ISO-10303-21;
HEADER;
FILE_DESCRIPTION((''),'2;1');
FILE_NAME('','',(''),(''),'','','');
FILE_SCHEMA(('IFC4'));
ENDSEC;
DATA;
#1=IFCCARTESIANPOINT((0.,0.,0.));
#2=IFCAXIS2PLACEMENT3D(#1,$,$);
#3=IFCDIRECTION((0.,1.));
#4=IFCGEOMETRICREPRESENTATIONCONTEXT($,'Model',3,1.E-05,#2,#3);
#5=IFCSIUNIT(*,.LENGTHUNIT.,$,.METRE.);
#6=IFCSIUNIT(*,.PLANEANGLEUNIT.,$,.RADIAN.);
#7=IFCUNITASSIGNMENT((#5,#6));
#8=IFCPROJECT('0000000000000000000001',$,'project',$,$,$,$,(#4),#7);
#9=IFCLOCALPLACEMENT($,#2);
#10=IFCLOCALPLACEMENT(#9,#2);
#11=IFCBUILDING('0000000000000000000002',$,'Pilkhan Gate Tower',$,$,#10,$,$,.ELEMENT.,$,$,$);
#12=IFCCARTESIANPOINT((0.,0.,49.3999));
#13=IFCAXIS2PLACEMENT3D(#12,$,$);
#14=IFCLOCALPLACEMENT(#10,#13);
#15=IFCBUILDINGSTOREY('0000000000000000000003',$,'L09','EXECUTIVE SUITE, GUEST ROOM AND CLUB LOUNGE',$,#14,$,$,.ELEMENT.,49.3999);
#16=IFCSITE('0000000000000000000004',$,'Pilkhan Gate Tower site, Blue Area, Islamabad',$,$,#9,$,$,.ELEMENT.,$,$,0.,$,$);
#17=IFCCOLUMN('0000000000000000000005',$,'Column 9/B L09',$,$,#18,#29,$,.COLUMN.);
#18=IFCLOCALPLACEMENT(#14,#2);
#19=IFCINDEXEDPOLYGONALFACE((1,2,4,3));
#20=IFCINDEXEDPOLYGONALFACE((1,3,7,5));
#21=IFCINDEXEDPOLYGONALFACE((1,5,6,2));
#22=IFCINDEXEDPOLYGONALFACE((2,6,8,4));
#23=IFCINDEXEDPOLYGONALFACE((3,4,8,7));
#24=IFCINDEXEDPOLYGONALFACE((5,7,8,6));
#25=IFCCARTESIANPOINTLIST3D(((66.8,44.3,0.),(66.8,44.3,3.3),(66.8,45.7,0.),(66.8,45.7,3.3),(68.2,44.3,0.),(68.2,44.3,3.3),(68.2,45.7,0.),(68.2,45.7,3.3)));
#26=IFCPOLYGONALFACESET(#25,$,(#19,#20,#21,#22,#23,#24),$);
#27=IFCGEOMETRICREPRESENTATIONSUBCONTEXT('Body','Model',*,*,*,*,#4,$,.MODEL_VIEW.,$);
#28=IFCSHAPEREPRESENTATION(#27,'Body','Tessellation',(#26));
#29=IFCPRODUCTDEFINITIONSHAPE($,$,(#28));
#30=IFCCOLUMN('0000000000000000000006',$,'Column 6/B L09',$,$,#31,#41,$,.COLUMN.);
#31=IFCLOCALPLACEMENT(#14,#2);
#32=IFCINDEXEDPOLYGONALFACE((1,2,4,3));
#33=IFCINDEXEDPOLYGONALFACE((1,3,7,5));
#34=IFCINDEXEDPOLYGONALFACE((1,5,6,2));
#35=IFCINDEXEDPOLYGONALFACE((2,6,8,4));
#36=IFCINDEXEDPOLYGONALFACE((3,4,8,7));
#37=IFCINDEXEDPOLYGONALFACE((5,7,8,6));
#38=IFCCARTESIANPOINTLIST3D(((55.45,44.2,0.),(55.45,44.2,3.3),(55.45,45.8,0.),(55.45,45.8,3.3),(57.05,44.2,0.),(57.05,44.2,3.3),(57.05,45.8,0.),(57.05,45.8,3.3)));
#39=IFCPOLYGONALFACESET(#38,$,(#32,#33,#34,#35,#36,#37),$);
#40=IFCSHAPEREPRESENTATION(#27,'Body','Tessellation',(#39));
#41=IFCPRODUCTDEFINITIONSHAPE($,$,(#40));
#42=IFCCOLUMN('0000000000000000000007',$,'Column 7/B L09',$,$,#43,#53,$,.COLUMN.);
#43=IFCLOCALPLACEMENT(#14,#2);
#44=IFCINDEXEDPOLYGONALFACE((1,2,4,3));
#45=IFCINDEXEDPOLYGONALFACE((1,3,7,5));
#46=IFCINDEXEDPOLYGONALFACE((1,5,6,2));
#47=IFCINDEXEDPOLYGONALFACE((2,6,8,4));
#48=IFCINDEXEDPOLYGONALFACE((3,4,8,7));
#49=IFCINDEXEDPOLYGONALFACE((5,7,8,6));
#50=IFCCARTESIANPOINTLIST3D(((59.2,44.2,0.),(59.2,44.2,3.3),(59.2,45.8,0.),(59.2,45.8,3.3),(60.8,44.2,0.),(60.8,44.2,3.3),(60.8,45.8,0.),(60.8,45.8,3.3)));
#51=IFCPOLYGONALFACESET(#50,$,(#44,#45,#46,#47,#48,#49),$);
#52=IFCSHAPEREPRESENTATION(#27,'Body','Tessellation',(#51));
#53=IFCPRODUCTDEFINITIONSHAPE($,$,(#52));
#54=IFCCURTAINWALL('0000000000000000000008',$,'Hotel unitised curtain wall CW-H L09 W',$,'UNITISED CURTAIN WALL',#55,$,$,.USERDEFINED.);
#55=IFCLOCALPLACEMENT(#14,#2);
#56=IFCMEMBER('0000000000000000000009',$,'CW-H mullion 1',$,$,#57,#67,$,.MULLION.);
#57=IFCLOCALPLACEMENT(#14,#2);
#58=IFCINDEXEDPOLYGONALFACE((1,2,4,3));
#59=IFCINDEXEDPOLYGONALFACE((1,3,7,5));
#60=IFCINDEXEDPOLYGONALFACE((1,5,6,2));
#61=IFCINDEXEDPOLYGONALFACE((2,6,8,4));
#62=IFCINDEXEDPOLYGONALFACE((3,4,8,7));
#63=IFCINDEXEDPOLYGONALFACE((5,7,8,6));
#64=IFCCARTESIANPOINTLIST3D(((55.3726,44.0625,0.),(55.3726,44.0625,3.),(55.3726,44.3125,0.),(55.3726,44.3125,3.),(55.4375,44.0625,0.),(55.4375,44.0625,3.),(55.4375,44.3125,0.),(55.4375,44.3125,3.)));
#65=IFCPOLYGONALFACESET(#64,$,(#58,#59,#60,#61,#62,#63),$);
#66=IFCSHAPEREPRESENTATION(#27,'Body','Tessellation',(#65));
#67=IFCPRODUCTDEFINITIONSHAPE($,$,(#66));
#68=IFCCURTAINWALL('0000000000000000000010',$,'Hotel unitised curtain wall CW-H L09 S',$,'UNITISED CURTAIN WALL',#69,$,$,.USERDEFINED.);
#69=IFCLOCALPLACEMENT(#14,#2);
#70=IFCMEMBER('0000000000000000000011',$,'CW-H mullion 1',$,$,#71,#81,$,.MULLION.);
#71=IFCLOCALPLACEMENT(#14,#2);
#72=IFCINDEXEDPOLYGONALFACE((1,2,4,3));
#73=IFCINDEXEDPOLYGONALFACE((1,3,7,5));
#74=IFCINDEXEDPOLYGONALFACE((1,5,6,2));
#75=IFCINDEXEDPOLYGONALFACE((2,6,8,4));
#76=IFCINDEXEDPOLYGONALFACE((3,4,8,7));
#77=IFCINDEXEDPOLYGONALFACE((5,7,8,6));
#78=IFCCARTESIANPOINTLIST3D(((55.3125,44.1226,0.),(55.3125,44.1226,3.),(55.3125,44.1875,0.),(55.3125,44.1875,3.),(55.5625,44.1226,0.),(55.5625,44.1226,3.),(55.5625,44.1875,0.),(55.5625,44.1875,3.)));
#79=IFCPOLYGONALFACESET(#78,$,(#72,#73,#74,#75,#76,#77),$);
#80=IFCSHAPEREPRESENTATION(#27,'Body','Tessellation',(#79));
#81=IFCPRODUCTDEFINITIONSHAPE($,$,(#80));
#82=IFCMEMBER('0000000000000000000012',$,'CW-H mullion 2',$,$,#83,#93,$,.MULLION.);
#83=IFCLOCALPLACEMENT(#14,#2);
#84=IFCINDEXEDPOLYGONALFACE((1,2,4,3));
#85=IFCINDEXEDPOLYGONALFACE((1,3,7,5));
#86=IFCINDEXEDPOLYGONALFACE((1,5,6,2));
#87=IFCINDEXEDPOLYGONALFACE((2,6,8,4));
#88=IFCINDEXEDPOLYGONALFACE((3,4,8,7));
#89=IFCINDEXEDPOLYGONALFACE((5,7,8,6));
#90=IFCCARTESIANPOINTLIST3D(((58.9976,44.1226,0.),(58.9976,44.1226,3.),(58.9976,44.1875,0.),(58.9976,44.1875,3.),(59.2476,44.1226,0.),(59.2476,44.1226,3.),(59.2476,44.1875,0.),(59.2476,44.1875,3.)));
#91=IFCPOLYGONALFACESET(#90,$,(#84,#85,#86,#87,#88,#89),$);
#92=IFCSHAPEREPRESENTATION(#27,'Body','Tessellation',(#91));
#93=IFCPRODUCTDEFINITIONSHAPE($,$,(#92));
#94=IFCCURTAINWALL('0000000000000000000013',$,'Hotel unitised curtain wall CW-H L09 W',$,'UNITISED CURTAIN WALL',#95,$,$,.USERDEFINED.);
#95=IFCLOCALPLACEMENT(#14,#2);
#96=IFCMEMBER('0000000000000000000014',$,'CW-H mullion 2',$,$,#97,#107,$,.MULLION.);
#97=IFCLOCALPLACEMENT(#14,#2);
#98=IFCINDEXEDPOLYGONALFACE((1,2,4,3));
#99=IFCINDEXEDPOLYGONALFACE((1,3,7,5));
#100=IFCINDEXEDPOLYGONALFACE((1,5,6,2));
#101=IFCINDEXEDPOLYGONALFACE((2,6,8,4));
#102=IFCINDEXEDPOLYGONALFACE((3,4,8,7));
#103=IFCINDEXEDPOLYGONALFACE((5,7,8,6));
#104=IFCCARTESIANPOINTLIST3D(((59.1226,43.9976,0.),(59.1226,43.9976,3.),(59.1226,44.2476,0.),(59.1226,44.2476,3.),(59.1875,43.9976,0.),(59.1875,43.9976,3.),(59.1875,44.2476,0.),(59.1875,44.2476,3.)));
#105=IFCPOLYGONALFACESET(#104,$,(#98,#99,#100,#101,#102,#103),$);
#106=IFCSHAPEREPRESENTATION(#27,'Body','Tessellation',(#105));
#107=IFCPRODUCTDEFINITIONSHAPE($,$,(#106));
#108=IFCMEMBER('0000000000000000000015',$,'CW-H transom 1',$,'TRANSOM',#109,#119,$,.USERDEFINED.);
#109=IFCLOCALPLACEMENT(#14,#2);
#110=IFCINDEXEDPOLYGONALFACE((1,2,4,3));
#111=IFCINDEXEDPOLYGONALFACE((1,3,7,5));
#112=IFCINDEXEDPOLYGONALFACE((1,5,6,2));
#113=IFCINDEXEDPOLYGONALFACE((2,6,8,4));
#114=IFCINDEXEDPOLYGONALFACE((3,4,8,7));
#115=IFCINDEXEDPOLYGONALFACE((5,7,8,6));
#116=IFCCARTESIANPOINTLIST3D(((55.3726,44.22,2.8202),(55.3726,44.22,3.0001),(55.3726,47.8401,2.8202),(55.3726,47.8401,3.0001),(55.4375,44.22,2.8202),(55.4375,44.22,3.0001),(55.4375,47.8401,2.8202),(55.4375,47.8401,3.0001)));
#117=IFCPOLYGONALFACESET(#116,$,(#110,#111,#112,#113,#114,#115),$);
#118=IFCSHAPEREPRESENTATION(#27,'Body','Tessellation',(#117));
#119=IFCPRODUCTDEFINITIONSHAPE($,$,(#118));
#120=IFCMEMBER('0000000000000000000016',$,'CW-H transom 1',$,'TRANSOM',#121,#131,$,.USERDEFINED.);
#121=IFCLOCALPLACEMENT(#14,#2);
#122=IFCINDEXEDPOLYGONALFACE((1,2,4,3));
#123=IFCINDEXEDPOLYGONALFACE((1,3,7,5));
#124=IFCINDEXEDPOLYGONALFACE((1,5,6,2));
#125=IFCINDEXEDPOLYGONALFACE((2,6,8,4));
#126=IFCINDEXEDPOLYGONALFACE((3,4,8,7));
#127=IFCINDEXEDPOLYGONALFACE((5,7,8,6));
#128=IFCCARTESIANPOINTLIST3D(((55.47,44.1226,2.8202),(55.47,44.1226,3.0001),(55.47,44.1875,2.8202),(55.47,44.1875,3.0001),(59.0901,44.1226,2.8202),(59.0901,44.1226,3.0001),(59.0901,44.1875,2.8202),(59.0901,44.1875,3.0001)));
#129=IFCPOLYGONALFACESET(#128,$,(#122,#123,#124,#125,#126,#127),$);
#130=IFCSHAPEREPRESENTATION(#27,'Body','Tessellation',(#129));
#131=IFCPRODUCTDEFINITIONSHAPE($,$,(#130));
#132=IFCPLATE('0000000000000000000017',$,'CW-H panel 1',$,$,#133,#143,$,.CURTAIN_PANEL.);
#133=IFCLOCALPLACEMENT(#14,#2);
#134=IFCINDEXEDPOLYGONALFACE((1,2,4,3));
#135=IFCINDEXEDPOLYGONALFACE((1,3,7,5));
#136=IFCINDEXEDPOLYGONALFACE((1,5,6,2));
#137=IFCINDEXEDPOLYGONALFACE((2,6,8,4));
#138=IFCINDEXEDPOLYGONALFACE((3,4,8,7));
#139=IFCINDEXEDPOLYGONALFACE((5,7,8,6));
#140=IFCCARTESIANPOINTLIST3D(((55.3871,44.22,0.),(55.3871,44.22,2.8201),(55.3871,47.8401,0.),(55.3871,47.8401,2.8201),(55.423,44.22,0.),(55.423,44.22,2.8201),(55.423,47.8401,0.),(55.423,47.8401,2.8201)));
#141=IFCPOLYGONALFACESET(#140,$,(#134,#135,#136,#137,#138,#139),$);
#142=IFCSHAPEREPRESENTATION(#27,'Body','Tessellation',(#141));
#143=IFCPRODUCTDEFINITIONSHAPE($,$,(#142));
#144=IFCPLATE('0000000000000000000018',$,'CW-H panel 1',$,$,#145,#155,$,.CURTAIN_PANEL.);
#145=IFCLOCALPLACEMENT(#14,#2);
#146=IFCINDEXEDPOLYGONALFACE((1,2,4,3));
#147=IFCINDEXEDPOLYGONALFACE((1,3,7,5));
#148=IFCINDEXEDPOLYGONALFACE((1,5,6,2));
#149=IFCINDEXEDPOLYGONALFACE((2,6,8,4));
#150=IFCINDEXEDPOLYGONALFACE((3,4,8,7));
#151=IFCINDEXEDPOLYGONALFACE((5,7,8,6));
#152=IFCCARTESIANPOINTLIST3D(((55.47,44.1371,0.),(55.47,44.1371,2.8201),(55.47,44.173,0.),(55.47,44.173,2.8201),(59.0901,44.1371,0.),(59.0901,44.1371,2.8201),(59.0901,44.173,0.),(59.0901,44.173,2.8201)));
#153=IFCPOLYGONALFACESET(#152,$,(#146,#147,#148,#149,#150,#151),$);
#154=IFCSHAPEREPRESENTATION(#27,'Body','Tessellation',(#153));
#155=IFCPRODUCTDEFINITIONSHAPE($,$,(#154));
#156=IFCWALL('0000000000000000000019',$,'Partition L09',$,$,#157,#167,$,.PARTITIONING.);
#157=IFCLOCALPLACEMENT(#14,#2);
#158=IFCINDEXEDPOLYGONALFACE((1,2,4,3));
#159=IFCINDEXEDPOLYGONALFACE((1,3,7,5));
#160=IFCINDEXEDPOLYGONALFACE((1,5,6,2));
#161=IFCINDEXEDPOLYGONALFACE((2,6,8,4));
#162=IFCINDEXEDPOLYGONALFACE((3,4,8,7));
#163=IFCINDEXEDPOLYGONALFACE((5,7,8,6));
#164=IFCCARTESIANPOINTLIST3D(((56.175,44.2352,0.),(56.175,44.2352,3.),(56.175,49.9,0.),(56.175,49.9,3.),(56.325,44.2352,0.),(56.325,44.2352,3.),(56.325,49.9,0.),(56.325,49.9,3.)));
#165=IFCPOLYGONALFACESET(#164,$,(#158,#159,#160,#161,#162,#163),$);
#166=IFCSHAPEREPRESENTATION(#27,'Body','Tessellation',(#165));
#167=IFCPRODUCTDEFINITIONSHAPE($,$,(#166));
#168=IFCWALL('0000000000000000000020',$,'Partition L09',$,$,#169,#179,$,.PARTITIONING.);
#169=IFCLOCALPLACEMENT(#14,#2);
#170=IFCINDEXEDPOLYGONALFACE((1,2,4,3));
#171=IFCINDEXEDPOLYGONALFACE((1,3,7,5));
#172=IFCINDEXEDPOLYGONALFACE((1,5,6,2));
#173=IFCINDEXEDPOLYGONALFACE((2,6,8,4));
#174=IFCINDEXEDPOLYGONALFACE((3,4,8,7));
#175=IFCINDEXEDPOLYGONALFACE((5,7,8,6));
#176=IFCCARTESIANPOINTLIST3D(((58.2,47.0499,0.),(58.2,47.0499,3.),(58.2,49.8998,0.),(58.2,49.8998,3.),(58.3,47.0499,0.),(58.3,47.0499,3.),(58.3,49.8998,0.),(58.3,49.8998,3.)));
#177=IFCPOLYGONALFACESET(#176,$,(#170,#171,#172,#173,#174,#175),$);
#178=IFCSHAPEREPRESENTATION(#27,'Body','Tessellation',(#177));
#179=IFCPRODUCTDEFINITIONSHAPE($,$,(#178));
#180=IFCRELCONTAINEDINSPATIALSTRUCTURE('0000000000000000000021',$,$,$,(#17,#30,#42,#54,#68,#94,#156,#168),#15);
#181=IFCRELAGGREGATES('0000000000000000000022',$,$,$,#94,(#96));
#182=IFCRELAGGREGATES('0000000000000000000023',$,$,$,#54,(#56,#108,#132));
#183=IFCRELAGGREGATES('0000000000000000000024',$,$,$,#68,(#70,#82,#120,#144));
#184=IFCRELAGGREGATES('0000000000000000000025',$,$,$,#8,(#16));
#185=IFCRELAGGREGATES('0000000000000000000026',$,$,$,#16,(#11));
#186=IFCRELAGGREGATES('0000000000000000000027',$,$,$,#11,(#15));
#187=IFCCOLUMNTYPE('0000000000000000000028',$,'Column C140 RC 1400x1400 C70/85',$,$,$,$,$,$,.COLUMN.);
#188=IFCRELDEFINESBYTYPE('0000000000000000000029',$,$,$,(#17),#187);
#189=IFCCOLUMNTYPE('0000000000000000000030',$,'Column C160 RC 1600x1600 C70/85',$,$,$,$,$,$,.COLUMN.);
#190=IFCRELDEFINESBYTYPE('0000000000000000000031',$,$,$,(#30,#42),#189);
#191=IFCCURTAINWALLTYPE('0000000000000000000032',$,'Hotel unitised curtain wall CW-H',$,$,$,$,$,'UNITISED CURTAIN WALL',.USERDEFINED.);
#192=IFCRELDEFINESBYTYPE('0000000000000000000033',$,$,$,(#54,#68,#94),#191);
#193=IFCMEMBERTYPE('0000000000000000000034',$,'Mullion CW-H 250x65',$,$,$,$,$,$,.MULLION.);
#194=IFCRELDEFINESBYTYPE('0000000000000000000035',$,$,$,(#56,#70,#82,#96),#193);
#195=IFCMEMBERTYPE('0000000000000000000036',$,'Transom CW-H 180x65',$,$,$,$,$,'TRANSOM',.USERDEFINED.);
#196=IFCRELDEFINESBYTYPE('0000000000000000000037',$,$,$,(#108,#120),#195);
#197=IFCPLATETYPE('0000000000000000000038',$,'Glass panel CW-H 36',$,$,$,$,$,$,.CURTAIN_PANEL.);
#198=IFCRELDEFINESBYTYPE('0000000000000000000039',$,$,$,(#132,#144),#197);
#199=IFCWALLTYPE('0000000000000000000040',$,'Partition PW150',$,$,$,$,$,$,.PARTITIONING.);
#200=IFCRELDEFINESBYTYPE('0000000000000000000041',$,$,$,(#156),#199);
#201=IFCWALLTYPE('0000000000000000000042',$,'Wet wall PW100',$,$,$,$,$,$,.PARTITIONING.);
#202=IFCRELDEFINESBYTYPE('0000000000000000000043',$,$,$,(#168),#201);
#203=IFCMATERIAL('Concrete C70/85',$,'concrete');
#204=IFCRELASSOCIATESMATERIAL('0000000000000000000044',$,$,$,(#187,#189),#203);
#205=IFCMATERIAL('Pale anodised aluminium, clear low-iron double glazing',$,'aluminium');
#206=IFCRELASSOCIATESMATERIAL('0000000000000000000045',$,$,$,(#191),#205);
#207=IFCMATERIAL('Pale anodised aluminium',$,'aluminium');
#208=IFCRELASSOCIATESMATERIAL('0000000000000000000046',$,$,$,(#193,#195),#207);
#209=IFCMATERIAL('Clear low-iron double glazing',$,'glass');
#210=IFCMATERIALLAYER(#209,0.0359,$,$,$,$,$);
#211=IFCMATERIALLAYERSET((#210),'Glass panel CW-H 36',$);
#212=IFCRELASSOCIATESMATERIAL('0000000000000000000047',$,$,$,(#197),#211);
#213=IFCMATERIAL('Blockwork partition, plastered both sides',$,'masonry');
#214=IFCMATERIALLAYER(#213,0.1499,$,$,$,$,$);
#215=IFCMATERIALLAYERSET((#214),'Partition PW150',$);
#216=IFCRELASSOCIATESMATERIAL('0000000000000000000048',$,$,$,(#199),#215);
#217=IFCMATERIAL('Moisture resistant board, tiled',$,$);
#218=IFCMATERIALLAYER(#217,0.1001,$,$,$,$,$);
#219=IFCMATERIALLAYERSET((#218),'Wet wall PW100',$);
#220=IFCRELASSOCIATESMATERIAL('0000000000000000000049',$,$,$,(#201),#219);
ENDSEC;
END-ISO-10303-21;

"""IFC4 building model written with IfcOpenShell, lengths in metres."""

from ifc_helpers import new_model, si_unit, direction, frame, frame_2d, origin, origin_2d, place, context, subcontext, project, spatial, rectangle, extrude, material, layer, layer_set, material_profile, profile_set, type_object, element, aggregate, save


model = new_model("IFC4")

# Units and contexts
model_context = context("Model", 3, precision=1e-05, world=origin(), true_north=direction((0.0, 1.0)))
body_context = subcontext(model_context, "Body", "Model", "MODEL_VIEW")
ifc_project = project(units=[si_unit("LENGTHUNIT", "METRE"), si_unit("PLANEANGLEUNIT", "RADIAN")], contexts=[model_context])

# Site, building, storey
site_placement = place(None, origin())
site = spatial("IfcSite", under=ifc_project, at=site_placement, Name="Pilkhan Gate Tower site, Blue Area, Islamabad", CompositionType="ELEMENT", RefElevation=0.0)
building_placement = place(site_placement, origin())
building = spatial("IfcBuilding", under=site, at=building_placement, Name="Pilkhan Gate Tower", CompositionType="ELEMENT")
storey_placement = place(building_placement, frame((0.0, 0.0, 49.3999)))
storey = spatial("IfcBuildingStorey", under=building, at=storey_placement, Name="L09", Description="EXECUTIVE SUITE, GUEST ROOM AND CLUB LOUNGE", CompositionType="ELEMENT", Elevation=49.3999)

# Columns
ifc_material_1 = material(Name="Concrete C70/85", Category="concrete")
ifc_material_profile_1 = material_profile(ifc_material_1, rectangle(XDim=1.3999, YDim=1.3999, at=origin_2d()), Name="RC 1400x1400")
ifc_profile_set_1 = profile_set([ifc_material_profile_1], Name="Concrete C70/85")
column_type_1 = type_object("IfcColumnType", Name="Column C140 RC 1400x1400 C70/85", PredefinedType="COLUMN", material=ifc_profile_set_1)
column_placement = place(storey_placement, frame((67.5, 45.0, 0.0), z_axis=(0.0, 0.0, 1.0), x_axis=(1.0, 0.0, 0.0)))
element("IfcColumn", 1, at=column_placement, inside=storey, type_object=column_type_1, Name="Column 9/B L09", PredefinedType="COLUMN", context=body_context, shape_type="SweptSolid", body=[
    extrude(rectangle(XDim=1.3999, YDim=1.3999, at=origin_2d()), origin(), (0.0, 0.0, 1.0), 3.3),
])
ifc_material_profile_2 = material_profile(ifc_material_1, rectangle(XDim=1.6001, YDim=1.6001, at=origin_2d()), Name="RC 1600x1600")
ifc_profile_set_2 = profile_set([ifc_material_profile_2], Name="Concrete C70/85")
column_type_2 = type_object("IfcColumnType", Name="Column C160 RC 1600x1600 C70/85", PredefinedType="COLUMN", material=ifc_profile_set_2)
for number, where, z_axis, x_axis, name in (
    (2, (56.25, 45.0, 0.0), (0.0, 0.0, 1.0), (1.0, 0.0, 0.0), "Column 6/B L09"),
    (3, (60.0, 45.0, 0.0), (0.0, 0.0, 1.0), (1.0, 0.0, 0.0), "Column 7/B L09"),
):
    element("IfcColumn", number, at=place(storey_placement, frame(where, z_axis=z_axis, x_axis=x_axis)), inside=storey, type_object=column_type_2, Name=name, PredefinedType="COLUMN", context=body_context, shape_type="SweptSolid", body=[
        extrude(rectangle(XDim=1.6001, YDim=1.6001, at=origin_2d()), origin(), (0.0, 0.0, 1.0), 3.3),
    ])

# Curtain wall, member
ifc_material_2 = material(Name="Pale anodised aluminium, clear low-iron double glazing", Category="aluminium")
curtain_wall_type = type_object("IfcCurtainWallType", Name="Hotel unitised curtain wall CW-H", ElementType="UNITISED CURTAIN WALL", PredefinedType="USERDEFINED", material=ifc_material_2)
curtain_wall_1_placement = place(storey_placement, origin())
curtain_wall_1 = element("IfcCurtainWall", 4, at=curtain_wall_1_placement, inside=storey, type_object=curtain_wall_type, Name="Hotel unitised curtain wall CW-H L09 W", ObjectType="UNITISED CURTAIN WALL", PredefinedType="USERDEFINED")
ifc_material_3 = material(Name="Pale anodised aluminium", Category="aluminium")
ifc_material_profile_3 = material_profile(ifc_material_3, rectangle(XDim=0.0649, YDim=0.25, at=origin_2d()), Name="Mullion 250x65")
ifc_profile_set_3 = profile_set([ifc_material_profile_3], Name="Pale anodised aluminium")
member_type_1 = type_object("IfcMemberType", Name="Mullion CW-H 250x65", PredefinedType="MULLION", material=ifc_profile_set_3)
member_1_placement = place(storey_placement, frame((55.405, 44.1875, 0.0), z_axis=(0.0, 0.0, 1.0), x_axis=(-1.0, 0.0, 0.0)))
member_1 = element("IfcMember", 5, at=member_1_placement, type_object=member_type_1, Name="CW-H mullion 1", PredefinedType="MULLION", context=body_context, shape_type="SweptSolid", body=[
    extrude(rectangle(XDim=0.0649, YDim=0.25, at=origin_2d()), origin(), (0.0, 0.0, 1.0), 3.0),
])

# Curtain wall, members
curtain_wall_2_placement = place(storey_placement, origin())
curtain_wall_2 = element("IfcCurtainWall", 6, at=curtain_wall_2_placement, inside=storey, type_object=curtain_wall_type, Name="Hotel unitised curtain wall CW-H L09 S", ObjectType="UNITISED CURTAIN WALL", PredefinedType="USERDEFINED")
member_2_placement = place(storey_placement, frame((55.4375, 44.155, 0.0), z_axis=(0.0, 0.0, 1.0), x_axis=(0.0, 1.0, 0.0)))
member_2 = element("IfcMember", 7, at=member_2_placement, type_object=member_type_1, Name="CW-H mullion 1", PredefinedType="MULLION", context=body_context, shape_type="SweptSolid", body=[
    extrude(rectangle(XDim=0.0649, YDim=0.25, at=origin_2d()), origin(), (0.0, 0.0, 1.0), 3.0),
])
member_3_placement = place(storey_placement, frame((59.1226, 44.155, 0.0), z_axis=(0.0, 0.0, 1.0), x_axis=(0.0, 1.0, 0.0)))
member_3 = element("IfcMember", 8, at=member_3_placement, type_object=member_type_1, Name="CW-H mullion 2", PredefinedType="MULLION", context=body_context, shape_type="SweptSolid", body=[
    extrude(rectangle(XDim=0.0649, YDim=0.25, at=origin_2d()), origin(), (0.0, 0.0, 1.0), 3.0),
])

# Curtain wall, member
curtain_wall_3_placement = place(storey_placement, origin())
curtain_wall_3 = element("IfcCurtainWall", 9, at=curtain_wall_3_placement, inside=storey, type_object=curtain_wall_type, Name="Hotel unitised curtain wall CW-H L09 W", ObjectType="UNITISED CURTAIN WALL", PredefinedType="USERDEFINED")
member_4_placement = place(storey_placement, frame((59.155, 44.1226, 0.0), z_axis=(0.0, 0.0, 1.0), x_axis=(-1.0, 0.0, 0.0)))
member_4 = element("IfcMember", 10, at=member_4_placement, type_object=member_type_1, Name="CW-H mullion 2", PredefinedType="MULLION", context=body_context, shape_type="SweptSolid", body=[
    extrude(rectangle(XDim=0.0649, YDim=0.25, at=origin_2d()), origin(), (0.0, 0.0, 1.0), 3.0),
])
aggregate(curtain_wall_3, [member_4])

# Members
ifc_material_profile_4 = material_profile(ifc_material_3, rectangle(XDim=0.0649, YDim=0.1799, at=origin_2d()), Name="Transom 180x65")
ifc_profile_set_4 = profile_set([ifc_material_profile_4], Name="Pale anodised aluminium")
member_type_2 = type_object("IfcMemberType", Name="Transom CW-H 180x65", ElementType="TRANSOM", PredefinedType="USERDEFINED", material=ifc_profile_set_4)
member_5_placement = place(storey_placement, frame((55.405, 44.22, 2.9102), z_axis=(0.0, 1.0, 0.0), x_axis=(-1.0, 0.0, 0.0)))
member_5 = element("IfcMember", 11, at=member_5_placement, type_object=member_type_2, Name="CW-H transom 1", ObjectType="TRANSOM", PredefinedType="USERDEFINED", context=body_context, shape_type="SweptSolid", body=[
    extrude(rectangle(XDim=0.0649, YDim=0.1799, at=origin_2d()), origin(), (0.0, 0.0, 1.0), 3.6201),
])
member_6_placement = place(storey_placement, frame((55.47, 44.155, 2.9102), z_axis=(1.0, 0.0, 0.0), x_axis=(0.0, 1.0, 0.0)))
member_6 = element("IfcMember", 12, at=member_6_placement, type_object=member_type_2, Name="CW-H transom 1", ObjectType="TRANSOM", PredefinedType="USERDEFINED", context=body_context, shape_type="SweptSolid", body=[
    extrude(rectangle(XDim=0.0649, YDim=0.1799, at=origin_2d()), origin(), (0.0, 0.0, 1.0), 3.6201),
])

# Plates
ifc_material_4 = material(Name="Clear low-iron double glazing", Category="glass")
ifc_layer_1 = layer(ifc_material_4, 0.0359)
ifc_layer_set_1 = layer_set([ifc_layer_1], Name="Glass panel CW-H 36")
plate_type = type_object("IfcPlateType", Name="Glass panel CW-H 36", PredefinedType="CURTAIN_PANEL", material=ifc_layer_set_1)
plate_1_placement = place(storey_placement, frame((55.405, 46.03, 0.0), z_axis=(0.0, 0.0, 1.0), x_axis=(0.0, 1.0, 0.0)))
plate_1 = element("IfcPlate", 13, at=plate_1_placement, type_object=plate_type, Name="CW-H panel 1", PredefinedType="CURTAIN_PANEL", context=body_context, shape_type="SweptSolid", body=[
    extrude(rectangle(XDim=3.6201, YDim=0.0359, at=origin_2d()), origin(), (0.0, 0.0, 1.0), 2.8201),
])
aggregate(curtain_wall_1, [member_1, member_5, plate_1])
plate_2_placement = place(storey_placement, frame((57.28, 44.155, 0.0), z_axis=(0.0, 0.0, 1.0), x_axis=(1.0, 0.0, 0.0)))
plate_2 = element("IfcPlate", 14, at=plate_2_placement, type_object=plate_type, Name="CW-H panel 1", PredefinedType="CURTAIN_PANEL", context=body_context, shape_type="SweptSolid", body=[
    extrude(rectangle(XDim=3.6201, YDim=0.0359, at=origin_2d()), origin(), (0.0, 0.0, 1.0), 2.8201),
])
aggregate(curtain_wall_2, [member_2, member_3, member_6, plate_2])

# Walls
ifc_material_5 = material(Name="Blockwork partition, plastered both sides", Category="masonry")
ifc_layer_2 = layer(ifc_material_5, 0.1499)
ifc_layer_set_2 = layer_set([ifc_layer_2], Name="Partition PW150")
wall_type_1 = type_object("IfcWallType", Name="Partition PW150", PredefinedType="PARTITIONING", material=ifc_layer_set_2)
wall_1_placement = place(storey_placement, frame((56.25, 44.2351, 0.0), z_axis=(0.0, 0.0, 1.0), x_axis=(0.0, 1.0, 0.0)))
element("IfcWall", 15, at=wall_1_placement, inside=storey, type_object=wall_type_1, Name="Partition L09", PredefinedType="PARTITIONING", context=body_context, shape_type="SweptSolid", body=[
    extrude(rectangle(XDim=5.6648, YDim=0.1499, at=frame_2d((2.8325, 0.0))), origin(), (0.0, 0.0, 1.0), 3.0),
])
ifc_material_6 = material(Name="Moisture resistant board, tiled")
ifc_layer_3 = layer(ifc_material_6, 0.1001)
ifc_layer_set_3 = layer_set([ifc_layer_3], Name="Wet wall PW100")
wall_type_2 = type_object("IfcWallType", Name="Wet wall PW100", PredefinedType="PARTITIONING", material=ifc_layer_set_3)
wall_2_placement = place(storey_placement, frame((58.25, 47.05, 0.0), z_axis=(0.0, 0.0, 1.0), x_axis=(0.0, 1.0, 0.0)))
element("IfcWall", 16, at=wall_2_placement, inside=storey, type_object=wall_type_2, Name="Partition L09", PredefinedType="PARTITIONING", context=body_context, shape_type="SweptSolid", body=[
    extrude(rectangle(XDim=2.8499, YDim=0.1001, at=frame_2d((1.4248, 0.0))), origin(), (0.0, 0.0, 1.0), 3.0),
])

save(model, "model.ifc")
